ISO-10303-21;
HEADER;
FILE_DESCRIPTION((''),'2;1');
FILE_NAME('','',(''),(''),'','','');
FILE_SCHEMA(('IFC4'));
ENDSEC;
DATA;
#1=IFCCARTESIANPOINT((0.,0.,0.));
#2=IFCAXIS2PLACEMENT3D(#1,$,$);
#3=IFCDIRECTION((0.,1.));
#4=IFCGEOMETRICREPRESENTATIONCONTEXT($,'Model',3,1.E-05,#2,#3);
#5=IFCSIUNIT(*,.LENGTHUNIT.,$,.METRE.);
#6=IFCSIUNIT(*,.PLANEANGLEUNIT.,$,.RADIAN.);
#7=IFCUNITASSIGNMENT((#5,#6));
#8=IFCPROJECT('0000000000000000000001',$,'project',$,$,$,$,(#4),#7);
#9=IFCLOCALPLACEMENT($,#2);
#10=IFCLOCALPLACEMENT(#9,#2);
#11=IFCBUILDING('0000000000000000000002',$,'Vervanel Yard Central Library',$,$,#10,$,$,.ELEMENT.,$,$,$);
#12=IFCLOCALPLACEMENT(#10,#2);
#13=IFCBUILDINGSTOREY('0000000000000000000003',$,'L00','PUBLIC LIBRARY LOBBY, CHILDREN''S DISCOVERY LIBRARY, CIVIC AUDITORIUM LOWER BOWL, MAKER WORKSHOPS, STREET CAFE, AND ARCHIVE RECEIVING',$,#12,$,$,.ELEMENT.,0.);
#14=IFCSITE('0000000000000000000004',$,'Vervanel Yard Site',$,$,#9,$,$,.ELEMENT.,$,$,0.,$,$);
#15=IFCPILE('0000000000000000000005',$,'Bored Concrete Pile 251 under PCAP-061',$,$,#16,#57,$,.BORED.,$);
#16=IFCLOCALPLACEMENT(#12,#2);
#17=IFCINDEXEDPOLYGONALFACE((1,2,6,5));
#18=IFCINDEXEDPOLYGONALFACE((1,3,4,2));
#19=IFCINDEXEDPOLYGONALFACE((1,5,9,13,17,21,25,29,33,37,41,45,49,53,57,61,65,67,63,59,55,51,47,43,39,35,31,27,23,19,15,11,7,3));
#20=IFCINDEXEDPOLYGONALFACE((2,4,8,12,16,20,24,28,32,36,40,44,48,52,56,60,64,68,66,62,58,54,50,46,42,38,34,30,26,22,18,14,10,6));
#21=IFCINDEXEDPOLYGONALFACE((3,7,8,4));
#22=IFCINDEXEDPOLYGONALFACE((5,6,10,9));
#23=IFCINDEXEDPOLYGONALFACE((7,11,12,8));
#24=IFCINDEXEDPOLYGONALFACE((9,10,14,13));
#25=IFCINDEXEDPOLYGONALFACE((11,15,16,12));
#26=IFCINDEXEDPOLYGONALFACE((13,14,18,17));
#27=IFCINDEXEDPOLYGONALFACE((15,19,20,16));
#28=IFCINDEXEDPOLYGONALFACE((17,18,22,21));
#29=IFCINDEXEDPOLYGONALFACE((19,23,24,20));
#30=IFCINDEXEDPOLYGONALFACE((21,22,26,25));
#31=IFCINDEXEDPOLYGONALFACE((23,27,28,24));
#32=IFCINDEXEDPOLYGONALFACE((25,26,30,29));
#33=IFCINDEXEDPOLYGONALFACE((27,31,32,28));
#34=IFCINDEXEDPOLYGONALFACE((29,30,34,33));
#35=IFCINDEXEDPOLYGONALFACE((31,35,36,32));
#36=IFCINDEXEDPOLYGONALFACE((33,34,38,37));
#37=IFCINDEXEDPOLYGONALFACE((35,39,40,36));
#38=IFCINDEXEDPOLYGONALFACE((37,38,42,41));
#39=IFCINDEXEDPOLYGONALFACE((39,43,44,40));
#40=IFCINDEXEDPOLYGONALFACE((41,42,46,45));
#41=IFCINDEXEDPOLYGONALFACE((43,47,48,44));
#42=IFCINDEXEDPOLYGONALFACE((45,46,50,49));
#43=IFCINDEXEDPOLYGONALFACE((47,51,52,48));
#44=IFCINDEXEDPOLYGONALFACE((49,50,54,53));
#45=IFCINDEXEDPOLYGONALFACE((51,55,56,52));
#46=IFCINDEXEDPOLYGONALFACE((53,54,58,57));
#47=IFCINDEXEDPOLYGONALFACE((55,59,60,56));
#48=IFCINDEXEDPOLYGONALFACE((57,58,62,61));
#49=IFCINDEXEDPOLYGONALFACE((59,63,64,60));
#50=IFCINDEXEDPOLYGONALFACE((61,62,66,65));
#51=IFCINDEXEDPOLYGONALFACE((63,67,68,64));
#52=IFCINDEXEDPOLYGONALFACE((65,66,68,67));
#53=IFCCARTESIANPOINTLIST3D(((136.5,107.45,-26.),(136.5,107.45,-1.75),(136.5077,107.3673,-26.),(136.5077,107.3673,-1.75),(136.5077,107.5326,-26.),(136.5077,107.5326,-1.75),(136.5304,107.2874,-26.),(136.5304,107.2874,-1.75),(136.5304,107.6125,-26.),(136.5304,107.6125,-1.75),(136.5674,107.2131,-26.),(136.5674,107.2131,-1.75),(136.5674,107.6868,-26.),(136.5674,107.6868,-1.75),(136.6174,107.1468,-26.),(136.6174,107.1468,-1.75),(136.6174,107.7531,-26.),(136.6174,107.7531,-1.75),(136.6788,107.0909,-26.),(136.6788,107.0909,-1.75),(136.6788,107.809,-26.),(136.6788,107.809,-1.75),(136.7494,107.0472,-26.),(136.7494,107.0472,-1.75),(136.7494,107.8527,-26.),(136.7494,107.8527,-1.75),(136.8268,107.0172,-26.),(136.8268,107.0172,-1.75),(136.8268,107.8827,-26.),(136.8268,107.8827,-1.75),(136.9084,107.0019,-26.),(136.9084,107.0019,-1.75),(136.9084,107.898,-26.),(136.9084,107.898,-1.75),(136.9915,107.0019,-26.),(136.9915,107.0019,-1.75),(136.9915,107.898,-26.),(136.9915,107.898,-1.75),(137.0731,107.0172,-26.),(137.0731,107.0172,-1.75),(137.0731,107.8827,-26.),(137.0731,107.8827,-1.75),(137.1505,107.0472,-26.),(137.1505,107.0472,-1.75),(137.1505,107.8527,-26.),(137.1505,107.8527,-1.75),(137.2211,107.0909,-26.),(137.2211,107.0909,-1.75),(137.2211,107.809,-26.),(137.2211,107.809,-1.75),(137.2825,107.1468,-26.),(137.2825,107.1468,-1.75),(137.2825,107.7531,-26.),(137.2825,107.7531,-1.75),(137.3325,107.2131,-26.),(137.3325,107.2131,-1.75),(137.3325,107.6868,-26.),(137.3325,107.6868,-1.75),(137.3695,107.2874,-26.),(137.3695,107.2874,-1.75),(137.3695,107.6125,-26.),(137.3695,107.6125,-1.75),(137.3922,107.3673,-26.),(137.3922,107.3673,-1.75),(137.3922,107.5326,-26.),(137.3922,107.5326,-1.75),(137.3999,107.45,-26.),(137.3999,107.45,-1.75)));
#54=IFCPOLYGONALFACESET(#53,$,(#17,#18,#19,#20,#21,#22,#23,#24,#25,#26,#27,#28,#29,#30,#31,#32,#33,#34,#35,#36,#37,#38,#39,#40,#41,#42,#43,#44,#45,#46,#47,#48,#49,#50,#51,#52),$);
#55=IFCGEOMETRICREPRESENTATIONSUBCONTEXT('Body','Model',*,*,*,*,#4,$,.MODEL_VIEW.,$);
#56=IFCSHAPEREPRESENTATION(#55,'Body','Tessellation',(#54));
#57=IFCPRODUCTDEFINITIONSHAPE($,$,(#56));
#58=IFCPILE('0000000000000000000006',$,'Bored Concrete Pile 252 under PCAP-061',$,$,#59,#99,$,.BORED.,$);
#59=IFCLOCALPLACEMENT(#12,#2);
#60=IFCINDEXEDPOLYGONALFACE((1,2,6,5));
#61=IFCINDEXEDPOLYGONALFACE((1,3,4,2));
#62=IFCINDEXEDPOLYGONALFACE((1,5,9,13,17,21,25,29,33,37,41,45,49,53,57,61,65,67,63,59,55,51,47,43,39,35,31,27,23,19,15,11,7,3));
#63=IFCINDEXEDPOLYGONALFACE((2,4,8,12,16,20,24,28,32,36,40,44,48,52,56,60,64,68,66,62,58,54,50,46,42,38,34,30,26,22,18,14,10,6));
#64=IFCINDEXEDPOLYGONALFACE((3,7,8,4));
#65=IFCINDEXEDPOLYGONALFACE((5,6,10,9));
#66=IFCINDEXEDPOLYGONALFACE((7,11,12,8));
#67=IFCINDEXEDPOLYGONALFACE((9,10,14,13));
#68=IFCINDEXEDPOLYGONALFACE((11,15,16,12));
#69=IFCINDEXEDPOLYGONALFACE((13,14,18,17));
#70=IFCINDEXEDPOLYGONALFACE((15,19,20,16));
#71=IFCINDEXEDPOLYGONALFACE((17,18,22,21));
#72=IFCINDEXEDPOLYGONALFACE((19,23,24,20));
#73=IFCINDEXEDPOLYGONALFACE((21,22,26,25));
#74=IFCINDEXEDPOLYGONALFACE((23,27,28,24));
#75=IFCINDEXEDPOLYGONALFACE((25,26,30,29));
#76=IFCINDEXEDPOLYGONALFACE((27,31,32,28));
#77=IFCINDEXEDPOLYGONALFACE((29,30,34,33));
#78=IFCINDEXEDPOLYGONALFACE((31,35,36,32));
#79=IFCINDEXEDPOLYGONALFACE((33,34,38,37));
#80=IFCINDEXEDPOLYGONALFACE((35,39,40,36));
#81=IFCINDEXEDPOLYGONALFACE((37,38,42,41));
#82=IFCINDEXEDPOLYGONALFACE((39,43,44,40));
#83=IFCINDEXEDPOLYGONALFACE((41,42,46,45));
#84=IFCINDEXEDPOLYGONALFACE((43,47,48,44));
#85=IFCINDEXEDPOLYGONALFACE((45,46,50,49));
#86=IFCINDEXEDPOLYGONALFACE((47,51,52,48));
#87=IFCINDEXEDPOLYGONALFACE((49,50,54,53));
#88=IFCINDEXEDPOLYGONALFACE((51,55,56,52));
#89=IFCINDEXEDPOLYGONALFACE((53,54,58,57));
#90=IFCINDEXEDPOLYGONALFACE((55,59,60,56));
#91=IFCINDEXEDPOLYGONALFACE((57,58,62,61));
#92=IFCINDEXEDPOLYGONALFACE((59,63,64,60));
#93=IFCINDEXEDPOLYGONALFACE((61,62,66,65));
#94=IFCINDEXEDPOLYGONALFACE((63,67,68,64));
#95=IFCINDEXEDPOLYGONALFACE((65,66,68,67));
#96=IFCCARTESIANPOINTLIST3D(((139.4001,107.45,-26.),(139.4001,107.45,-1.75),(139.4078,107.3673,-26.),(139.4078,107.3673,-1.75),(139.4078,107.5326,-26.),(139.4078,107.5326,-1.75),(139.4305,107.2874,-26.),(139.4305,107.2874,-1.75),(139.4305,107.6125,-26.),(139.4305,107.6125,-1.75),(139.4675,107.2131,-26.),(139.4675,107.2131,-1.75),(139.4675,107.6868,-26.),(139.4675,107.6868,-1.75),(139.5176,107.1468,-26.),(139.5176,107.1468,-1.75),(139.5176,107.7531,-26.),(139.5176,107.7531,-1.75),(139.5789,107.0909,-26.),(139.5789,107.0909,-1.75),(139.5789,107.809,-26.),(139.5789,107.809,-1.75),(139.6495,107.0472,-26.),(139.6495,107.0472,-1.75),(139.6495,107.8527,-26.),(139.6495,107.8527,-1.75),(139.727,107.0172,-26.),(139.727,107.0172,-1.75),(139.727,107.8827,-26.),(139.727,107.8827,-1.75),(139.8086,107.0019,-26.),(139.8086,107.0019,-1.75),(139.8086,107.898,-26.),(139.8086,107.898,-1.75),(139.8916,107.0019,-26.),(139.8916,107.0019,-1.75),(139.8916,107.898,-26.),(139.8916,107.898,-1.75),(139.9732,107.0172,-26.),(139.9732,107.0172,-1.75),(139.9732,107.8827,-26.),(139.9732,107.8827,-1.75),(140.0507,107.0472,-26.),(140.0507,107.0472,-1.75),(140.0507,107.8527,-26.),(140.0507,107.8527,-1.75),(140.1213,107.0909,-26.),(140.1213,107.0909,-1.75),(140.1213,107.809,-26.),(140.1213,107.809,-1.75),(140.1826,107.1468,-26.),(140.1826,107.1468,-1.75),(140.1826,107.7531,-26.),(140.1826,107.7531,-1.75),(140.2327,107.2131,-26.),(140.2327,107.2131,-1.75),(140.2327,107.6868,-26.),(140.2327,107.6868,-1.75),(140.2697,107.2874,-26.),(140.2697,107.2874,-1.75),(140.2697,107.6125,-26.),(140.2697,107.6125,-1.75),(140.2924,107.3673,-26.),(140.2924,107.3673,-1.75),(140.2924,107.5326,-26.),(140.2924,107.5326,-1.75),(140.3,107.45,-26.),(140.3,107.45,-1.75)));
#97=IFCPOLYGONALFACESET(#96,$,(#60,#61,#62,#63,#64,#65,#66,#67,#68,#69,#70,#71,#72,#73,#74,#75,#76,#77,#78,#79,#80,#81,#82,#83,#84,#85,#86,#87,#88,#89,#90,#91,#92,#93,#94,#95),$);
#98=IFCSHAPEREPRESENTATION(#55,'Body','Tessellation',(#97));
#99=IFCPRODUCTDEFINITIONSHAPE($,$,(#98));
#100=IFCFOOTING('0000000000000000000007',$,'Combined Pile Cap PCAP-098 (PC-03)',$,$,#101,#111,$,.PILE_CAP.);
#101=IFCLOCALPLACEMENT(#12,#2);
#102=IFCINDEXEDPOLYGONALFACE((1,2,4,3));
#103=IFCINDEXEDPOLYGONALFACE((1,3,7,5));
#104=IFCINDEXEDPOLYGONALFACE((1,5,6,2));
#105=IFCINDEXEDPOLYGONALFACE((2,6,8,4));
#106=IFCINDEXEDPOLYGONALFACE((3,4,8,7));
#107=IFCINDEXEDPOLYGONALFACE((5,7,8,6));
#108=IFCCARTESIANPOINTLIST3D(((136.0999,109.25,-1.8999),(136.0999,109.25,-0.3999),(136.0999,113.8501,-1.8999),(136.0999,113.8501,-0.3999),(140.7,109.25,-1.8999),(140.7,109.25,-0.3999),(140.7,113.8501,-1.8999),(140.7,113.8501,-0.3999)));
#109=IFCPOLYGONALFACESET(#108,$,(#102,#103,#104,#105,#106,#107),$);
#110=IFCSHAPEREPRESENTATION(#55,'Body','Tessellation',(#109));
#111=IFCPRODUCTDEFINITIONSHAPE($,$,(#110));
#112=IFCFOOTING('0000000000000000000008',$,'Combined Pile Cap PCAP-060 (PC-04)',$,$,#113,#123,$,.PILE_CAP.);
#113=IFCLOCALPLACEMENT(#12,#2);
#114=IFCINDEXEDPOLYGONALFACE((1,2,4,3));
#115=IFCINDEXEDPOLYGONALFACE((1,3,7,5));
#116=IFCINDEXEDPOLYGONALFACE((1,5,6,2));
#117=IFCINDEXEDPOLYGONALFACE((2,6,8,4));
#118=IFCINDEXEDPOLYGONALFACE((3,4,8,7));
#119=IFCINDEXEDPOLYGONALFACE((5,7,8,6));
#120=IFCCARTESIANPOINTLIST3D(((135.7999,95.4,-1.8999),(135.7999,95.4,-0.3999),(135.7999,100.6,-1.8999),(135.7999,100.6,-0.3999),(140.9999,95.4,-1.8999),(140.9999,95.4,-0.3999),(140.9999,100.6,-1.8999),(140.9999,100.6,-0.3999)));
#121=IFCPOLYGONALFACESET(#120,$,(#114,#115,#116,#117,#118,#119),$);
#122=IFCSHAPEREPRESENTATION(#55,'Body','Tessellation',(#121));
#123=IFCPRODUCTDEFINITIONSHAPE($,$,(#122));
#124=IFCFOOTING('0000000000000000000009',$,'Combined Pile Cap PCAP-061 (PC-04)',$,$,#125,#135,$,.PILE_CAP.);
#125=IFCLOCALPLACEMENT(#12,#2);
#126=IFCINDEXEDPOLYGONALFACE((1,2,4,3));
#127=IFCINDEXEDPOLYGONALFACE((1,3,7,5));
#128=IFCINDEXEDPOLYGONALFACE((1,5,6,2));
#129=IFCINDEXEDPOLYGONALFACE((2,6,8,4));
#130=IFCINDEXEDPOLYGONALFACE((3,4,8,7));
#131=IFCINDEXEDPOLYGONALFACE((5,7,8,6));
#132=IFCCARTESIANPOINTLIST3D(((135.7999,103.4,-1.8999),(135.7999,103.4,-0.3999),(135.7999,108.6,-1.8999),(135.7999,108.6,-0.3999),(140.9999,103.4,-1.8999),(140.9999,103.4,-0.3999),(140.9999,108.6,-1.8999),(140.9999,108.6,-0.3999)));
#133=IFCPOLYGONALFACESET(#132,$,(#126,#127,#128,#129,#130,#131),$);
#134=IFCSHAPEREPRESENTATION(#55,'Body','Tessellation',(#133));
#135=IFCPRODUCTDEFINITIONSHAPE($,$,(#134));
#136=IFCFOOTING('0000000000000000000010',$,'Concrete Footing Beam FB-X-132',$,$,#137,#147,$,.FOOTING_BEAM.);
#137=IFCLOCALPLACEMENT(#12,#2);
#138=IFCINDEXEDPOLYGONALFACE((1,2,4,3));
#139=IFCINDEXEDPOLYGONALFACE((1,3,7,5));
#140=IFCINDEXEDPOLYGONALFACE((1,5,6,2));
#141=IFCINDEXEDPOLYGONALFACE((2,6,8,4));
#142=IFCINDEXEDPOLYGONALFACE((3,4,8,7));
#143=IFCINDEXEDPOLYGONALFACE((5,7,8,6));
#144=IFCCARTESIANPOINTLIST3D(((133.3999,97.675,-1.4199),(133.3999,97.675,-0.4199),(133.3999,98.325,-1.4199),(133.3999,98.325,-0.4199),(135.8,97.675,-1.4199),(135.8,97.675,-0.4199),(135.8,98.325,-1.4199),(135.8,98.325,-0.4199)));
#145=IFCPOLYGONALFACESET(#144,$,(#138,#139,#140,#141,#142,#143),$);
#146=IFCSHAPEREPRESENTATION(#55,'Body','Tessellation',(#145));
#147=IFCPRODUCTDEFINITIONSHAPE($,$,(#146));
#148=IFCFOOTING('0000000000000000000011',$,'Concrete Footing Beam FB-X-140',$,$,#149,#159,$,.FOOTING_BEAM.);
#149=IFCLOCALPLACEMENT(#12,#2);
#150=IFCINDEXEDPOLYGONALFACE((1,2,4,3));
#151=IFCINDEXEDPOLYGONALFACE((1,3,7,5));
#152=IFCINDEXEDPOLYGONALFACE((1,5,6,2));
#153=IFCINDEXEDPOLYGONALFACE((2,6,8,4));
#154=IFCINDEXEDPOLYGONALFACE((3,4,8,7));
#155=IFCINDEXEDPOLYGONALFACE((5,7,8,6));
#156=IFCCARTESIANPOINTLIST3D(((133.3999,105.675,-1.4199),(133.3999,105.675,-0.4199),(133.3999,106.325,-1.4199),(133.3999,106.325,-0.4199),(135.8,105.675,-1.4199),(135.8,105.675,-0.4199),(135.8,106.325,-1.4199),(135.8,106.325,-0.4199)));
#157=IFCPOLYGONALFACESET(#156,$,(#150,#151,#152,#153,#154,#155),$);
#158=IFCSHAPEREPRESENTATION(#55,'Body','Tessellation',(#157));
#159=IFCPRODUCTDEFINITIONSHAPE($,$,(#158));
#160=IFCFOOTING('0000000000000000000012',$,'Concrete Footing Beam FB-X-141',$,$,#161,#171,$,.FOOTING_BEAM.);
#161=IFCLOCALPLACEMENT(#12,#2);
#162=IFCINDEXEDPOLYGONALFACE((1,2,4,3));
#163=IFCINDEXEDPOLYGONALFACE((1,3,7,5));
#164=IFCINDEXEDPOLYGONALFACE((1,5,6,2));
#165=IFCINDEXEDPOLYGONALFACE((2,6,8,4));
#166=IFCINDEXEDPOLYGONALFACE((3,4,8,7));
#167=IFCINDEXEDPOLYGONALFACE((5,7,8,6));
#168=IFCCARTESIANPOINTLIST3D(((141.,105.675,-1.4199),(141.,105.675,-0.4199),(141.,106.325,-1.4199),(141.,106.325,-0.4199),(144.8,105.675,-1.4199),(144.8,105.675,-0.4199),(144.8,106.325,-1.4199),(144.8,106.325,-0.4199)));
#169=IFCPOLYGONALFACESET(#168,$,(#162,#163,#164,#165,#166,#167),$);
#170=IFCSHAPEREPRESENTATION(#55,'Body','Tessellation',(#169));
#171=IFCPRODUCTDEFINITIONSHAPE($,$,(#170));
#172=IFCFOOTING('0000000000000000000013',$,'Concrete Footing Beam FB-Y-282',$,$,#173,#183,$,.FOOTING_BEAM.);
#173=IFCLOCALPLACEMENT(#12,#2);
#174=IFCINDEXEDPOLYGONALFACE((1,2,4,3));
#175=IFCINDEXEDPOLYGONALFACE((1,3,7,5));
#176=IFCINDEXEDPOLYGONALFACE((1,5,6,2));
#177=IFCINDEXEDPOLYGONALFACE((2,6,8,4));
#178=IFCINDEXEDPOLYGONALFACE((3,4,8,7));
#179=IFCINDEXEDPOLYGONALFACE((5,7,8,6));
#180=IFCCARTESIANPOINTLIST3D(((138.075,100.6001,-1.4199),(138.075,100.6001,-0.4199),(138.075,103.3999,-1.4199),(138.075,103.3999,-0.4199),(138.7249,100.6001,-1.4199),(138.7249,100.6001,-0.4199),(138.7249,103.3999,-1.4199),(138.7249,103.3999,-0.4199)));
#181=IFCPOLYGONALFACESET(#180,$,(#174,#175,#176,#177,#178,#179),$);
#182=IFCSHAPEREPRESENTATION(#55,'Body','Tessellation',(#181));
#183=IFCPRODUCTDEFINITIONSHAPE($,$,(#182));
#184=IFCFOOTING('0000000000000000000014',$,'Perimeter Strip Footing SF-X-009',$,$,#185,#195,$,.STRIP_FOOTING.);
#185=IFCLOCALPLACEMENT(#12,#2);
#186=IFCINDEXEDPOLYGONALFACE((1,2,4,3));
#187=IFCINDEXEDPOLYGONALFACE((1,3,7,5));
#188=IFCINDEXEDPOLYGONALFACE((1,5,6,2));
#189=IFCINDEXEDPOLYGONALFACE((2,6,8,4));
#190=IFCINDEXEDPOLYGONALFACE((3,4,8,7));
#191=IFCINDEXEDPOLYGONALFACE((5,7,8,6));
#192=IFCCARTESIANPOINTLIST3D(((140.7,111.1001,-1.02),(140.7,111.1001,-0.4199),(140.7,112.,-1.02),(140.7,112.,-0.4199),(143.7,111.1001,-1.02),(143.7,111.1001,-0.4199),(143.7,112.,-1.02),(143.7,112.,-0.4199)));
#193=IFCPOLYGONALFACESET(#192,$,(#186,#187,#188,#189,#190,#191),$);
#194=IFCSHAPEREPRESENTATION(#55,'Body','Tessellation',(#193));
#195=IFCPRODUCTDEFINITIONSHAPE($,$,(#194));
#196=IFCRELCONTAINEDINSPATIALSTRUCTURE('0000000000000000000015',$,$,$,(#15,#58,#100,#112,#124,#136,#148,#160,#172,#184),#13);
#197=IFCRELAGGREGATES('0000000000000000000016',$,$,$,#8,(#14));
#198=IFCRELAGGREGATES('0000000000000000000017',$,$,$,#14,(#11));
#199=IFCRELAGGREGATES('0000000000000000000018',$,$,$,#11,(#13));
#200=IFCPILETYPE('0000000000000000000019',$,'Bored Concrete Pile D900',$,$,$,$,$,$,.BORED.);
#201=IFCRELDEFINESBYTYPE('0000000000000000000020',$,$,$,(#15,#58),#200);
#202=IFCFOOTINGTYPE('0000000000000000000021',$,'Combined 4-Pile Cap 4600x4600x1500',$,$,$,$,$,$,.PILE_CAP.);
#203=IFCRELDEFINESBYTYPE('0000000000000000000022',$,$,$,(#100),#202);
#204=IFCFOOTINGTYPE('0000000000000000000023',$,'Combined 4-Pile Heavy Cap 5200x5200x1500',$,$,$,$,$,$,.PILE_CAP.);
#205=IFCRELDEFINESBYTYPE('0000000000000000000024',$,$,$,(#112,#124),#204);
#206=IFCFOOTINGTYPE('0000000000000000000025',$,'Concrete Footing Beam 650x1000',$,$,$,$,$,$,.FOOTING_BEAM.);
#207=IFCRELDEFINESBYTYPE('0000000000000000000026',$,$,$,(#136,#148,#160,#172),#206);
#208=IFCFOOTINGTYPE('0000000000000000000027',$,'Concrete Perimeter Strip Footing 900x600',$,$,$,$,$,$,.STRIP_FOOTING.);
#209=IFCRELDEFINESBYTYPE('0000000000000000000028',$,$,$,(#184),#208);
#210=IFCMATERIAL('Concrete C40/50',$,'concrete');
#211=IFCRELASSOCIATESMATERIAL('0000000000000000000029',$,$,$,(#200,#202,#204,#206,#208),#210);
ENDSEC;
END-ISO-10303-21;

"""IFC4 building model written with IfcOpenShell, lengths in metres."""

from ifc_helpers import new_model, si_unit, direction, frame, origin, origin_2d, place, context, subcontext, project, spatial, rectangle, circle, extrude, material, material_profile, profile_set, type_object, element, save


model = new_model("IFC4")

# Units and contexts
model_context = context("Model", 3, precision=1e-05, world=origin(), true_north=direction((0.0, 1.0)))
body_context = subcontext(model_context, "Body", "Model", "MODEL_VIEW")
ifc_project = project(units=[si_unit("LENGTHUNIT", "METRE"), si_unit("PLANEANGLEUNIT", "RADIAN")], contexts=[model_context])

# Site, building, storey
site_placement = place(None, origin())
site = spatial("IfcSite", under=ifc_project, at=site_placement, Name="Vervanel Yard Site", CompositionType="ELEMENT", RefElevation=0.0)
building_placement = place(site_placement, origin())
building = spatial("IfcBuilding", under=site, at=building_placement, Name="Vervanel Yard Central Library", CompositionType="ELEMENT")
storey_placement = place(building_placement, origin())
storey = spatial("IfcBuildingStorey", under=building, at=storey_placement, Name="L00", Description="PUBLIC LIBRARY LOBBY, CHILDREN'S DISCOVERY LIBRARY, CIVIC AUDITORIUM LOWER BOWL, MAKER WORKSHOPS, STREET CAFE, AND ARCHIVE RECEIVING", CompositionType="ELEMENT", Elevation=0.0)

# Piles
ifc_material_1 = material(Name="Concrete C40/50", Category="concrete")
ifc_material_profile_1 = material_profile(ifc_material_1, circle(Radius=0.45, at=origin_2d()), Name="BP D900", Category="concrete")
ifc_profile_set_1 = profile_set([ifc_material_profile_1], Name="Concrete C40/50")
pile_type_1 = type_object("IfcPileType", Name="Bored Concrete Pile D900", PredefinedType="BORED", material=ifc_profile_set_1)
for number, where, z_axis, x_axis, name in (
    (1, (136.95, 107.45, -1.75), (0.0, 0.0, -1.0), (1.0, 0.0, 0.0), "Bored Concrete Pile 251 under PCAP-061"),
    (2, (139.8501, 107.45, -1.75), (0.0, 0.0, -1.0), (1.0, 0.0, 0.0), "Bored Concrete Pile 252 under PCAP-061"),
):
    element("IfcPile", number, at=place(storey_placement, frame(where, z_axis=z_axis, x_axis=x_axis)), inside=storey, type_object=pile_type_1, Name=name, PredefinedType="BORED", context=body_context, shape_type="SweptSolid", body=[
        extrude(circle(Radius=0.45, at=origin_2d()), origin(), (0.0, 0.0, 1.0), 24.25),
    ])

# Footings
footing_type_1 = type_object("IfcFootingType", Name="Combined 4-Pile Cap 4600x4600x1500", PredefinedType="PILE_CAP", material=ifc_material_1)
footing_1_placement = place(storey_placement, frame((138.3999, 111.55, -1.8999), z_axis=(0.0, 0.0, 1.0), x_axis=(1.0, 0.0, 0.0)))
element("IfcFooting", 3, at=footing_1_placement, inside=storey, type_object=footing_type_1, Name="Combined Pile Cap PCAP-098 (PC-03)", PredefinedType="PILE_CAP", context=body_context, shape_type="SweptSolid", body=[
    extrude(rectangle(XDim=4.6001, YDim=4.6001, at=origin_2d()), origin(), (0.0, 0.0, 1.0), 1.5),
])
footing_type_2 = type_object("IfcFootingType", Name="Combined 4-Pile Heavy Cap 5200x5200x1500", PredefinedType="PILE_CAP", material=ifc_material_1)
for number, where, z_axis, x_axis, name in (
    (4, (138.3999, 98.0, -1.8999), (0.0, 0.0, 1.0), (1.0, 0.0, 0.0), "Combined Pile Cap PCAP-060 (PC-04)"),
    (5, (138.3999, 106.0, -1.8999), (0.0, 0.0, 1.0), (1.0, 0.0, 0.0), "Combined Pile Cap PCAP-061 (PC-04)"),
):
    element("IfcFooting", number, at=place(storey_placement, frame(where, z_axis=z_axis, x_axis=x_axis)), inside=storey, type_object=footing_type_2, Name=name, PredefinedType="PILE_CAP", context=body_context, shape_type="SweptSolid", body=[
        extrude(rectangle(XDim=5.2, YDim=5.2, at=origin_2d()), origin(), (0.0, 0.0, 1.0), 1.5),
    ])
ifc_material_profile_2 = material_profile(ifc_material_1, rectangle(XDim=0.6499, YDim=1.0, at=origin_2d()), Name="RC 650x1000", Category="concrete")
ifc_profile_set_2 = profile_set([ifc_material_profile_2], Name="Concrete C40/50")
footing_type_3 = type_object("IfcFootingType", Name="Concrete Footing Beam 650x1000", PredefinedType="FOOTING_BEAM", material=ifc_profile_set_2)
for number, where, z_axis, x_axis, name in (
    (6, (133.3999, 98.0, -0.9199), (1.0, 0.0, 0.0), (0.0, 1.0, 0.0), "Concrete Footing Beam FB-X-132"),
    (7, (133.3999, 106.0, -0.9199), (1.0, 0.0, 0.0), (0.0, 1.0, 0.0), "Concrete Footing Beam FB-X-140"),
):
    element("IfcFooting", number, at=place(storey_placement, frame(where, z_axis=z_axis, x_axis=x_axis)), inside=storey, type_object=footing_type_3, Name=name, PredefinedType="FOOTING_BEAM", context=body_context, shape_type="SweptSolid", body=[
        extrude(rectangle(XDim=0.6499, YDim=1.0, at=origin_2d()), origin(), (0.0, 0.0, 1.0), 2.4001),
    ])
footing_2_placement = place(storey_placement, frame((141.0, 106.0, -0.9199), z_axis=(1.0, 0.0, 0.0), x_axis=(0.0, 1.0, 0.0)))
element("IfcFooting", 8, at=footing_2_placement, inside=storey, type_object=footing_type_3, Name="Concrete Footing Beam FB-X-141", PredefinedType="FOOTING_BEAM", context=body_context, shape_type="SweptSolid", body=[
    extrude(rectangle(XDim=0.6499, YDim=1.0, at=origin_2d()), origin(), (0.0, 0.0, 1.0), 3.8),
])
footing_3_placement = place(storey_placement, frame((138.3999, 100.6001, -0.9199), z_axis=(0.0, 1.0, 0.0), x_axis=(-1.0, 0.0, 0.0)))
element("IfcFooting", 9, at=footing_3_placement, inside=storey, type_object=footing_type_3, Name="Concrete Footing Beam FB-Y-282", PredefinedType="FOOTING_BEAM", context=body_context, shape_type="SweptSolid", body=[
    extrude(rectangle(XDim=0.6499, YDim=1.0, at=origin_2d()), origin(), (0.0, 0.0, 1.0), 2.7998),
])
ifc_material_profile_3 = material_profile(ifc_material_1, rectangle(XDim=0.8999, YDim=0.6001, at=origin_2d()), Name="RC 900x600", Category="concrete")
ifc_profile_set_3 = profile_set([ifc_material_profile_3], Name="Concrete C40/50")
footing_type_4 = type_object("IfcFootingType", Name="Concrete Perimeter Strip Footing 900x600", PredefinedType="STRIP_FOOTING", material=ifc_profile_set_3)
footing_4_placement = place(storey_placement, frame((140.7, 111.55, -0.72), z_axis=(1.0, 0.0, 0.0), x_axis=(0.0, 1.0, 0.0)))
element("IfcFooting", 10, at=footing_4_placement, inside=storey, type_object=footing_type_4, Name="Perimeter Strip Footing SF-X-009", PredefinedType="STRIP_FOOTING", context=body_context, shape_type="SweptSolid", body=[
    extrude(rectangle(XDim=0.8999, YDim=0.6001, at=origin_2d()), origin(), (0.0, 0.0, 1.0), 3.0),
])

save(model, "model.ifc")
